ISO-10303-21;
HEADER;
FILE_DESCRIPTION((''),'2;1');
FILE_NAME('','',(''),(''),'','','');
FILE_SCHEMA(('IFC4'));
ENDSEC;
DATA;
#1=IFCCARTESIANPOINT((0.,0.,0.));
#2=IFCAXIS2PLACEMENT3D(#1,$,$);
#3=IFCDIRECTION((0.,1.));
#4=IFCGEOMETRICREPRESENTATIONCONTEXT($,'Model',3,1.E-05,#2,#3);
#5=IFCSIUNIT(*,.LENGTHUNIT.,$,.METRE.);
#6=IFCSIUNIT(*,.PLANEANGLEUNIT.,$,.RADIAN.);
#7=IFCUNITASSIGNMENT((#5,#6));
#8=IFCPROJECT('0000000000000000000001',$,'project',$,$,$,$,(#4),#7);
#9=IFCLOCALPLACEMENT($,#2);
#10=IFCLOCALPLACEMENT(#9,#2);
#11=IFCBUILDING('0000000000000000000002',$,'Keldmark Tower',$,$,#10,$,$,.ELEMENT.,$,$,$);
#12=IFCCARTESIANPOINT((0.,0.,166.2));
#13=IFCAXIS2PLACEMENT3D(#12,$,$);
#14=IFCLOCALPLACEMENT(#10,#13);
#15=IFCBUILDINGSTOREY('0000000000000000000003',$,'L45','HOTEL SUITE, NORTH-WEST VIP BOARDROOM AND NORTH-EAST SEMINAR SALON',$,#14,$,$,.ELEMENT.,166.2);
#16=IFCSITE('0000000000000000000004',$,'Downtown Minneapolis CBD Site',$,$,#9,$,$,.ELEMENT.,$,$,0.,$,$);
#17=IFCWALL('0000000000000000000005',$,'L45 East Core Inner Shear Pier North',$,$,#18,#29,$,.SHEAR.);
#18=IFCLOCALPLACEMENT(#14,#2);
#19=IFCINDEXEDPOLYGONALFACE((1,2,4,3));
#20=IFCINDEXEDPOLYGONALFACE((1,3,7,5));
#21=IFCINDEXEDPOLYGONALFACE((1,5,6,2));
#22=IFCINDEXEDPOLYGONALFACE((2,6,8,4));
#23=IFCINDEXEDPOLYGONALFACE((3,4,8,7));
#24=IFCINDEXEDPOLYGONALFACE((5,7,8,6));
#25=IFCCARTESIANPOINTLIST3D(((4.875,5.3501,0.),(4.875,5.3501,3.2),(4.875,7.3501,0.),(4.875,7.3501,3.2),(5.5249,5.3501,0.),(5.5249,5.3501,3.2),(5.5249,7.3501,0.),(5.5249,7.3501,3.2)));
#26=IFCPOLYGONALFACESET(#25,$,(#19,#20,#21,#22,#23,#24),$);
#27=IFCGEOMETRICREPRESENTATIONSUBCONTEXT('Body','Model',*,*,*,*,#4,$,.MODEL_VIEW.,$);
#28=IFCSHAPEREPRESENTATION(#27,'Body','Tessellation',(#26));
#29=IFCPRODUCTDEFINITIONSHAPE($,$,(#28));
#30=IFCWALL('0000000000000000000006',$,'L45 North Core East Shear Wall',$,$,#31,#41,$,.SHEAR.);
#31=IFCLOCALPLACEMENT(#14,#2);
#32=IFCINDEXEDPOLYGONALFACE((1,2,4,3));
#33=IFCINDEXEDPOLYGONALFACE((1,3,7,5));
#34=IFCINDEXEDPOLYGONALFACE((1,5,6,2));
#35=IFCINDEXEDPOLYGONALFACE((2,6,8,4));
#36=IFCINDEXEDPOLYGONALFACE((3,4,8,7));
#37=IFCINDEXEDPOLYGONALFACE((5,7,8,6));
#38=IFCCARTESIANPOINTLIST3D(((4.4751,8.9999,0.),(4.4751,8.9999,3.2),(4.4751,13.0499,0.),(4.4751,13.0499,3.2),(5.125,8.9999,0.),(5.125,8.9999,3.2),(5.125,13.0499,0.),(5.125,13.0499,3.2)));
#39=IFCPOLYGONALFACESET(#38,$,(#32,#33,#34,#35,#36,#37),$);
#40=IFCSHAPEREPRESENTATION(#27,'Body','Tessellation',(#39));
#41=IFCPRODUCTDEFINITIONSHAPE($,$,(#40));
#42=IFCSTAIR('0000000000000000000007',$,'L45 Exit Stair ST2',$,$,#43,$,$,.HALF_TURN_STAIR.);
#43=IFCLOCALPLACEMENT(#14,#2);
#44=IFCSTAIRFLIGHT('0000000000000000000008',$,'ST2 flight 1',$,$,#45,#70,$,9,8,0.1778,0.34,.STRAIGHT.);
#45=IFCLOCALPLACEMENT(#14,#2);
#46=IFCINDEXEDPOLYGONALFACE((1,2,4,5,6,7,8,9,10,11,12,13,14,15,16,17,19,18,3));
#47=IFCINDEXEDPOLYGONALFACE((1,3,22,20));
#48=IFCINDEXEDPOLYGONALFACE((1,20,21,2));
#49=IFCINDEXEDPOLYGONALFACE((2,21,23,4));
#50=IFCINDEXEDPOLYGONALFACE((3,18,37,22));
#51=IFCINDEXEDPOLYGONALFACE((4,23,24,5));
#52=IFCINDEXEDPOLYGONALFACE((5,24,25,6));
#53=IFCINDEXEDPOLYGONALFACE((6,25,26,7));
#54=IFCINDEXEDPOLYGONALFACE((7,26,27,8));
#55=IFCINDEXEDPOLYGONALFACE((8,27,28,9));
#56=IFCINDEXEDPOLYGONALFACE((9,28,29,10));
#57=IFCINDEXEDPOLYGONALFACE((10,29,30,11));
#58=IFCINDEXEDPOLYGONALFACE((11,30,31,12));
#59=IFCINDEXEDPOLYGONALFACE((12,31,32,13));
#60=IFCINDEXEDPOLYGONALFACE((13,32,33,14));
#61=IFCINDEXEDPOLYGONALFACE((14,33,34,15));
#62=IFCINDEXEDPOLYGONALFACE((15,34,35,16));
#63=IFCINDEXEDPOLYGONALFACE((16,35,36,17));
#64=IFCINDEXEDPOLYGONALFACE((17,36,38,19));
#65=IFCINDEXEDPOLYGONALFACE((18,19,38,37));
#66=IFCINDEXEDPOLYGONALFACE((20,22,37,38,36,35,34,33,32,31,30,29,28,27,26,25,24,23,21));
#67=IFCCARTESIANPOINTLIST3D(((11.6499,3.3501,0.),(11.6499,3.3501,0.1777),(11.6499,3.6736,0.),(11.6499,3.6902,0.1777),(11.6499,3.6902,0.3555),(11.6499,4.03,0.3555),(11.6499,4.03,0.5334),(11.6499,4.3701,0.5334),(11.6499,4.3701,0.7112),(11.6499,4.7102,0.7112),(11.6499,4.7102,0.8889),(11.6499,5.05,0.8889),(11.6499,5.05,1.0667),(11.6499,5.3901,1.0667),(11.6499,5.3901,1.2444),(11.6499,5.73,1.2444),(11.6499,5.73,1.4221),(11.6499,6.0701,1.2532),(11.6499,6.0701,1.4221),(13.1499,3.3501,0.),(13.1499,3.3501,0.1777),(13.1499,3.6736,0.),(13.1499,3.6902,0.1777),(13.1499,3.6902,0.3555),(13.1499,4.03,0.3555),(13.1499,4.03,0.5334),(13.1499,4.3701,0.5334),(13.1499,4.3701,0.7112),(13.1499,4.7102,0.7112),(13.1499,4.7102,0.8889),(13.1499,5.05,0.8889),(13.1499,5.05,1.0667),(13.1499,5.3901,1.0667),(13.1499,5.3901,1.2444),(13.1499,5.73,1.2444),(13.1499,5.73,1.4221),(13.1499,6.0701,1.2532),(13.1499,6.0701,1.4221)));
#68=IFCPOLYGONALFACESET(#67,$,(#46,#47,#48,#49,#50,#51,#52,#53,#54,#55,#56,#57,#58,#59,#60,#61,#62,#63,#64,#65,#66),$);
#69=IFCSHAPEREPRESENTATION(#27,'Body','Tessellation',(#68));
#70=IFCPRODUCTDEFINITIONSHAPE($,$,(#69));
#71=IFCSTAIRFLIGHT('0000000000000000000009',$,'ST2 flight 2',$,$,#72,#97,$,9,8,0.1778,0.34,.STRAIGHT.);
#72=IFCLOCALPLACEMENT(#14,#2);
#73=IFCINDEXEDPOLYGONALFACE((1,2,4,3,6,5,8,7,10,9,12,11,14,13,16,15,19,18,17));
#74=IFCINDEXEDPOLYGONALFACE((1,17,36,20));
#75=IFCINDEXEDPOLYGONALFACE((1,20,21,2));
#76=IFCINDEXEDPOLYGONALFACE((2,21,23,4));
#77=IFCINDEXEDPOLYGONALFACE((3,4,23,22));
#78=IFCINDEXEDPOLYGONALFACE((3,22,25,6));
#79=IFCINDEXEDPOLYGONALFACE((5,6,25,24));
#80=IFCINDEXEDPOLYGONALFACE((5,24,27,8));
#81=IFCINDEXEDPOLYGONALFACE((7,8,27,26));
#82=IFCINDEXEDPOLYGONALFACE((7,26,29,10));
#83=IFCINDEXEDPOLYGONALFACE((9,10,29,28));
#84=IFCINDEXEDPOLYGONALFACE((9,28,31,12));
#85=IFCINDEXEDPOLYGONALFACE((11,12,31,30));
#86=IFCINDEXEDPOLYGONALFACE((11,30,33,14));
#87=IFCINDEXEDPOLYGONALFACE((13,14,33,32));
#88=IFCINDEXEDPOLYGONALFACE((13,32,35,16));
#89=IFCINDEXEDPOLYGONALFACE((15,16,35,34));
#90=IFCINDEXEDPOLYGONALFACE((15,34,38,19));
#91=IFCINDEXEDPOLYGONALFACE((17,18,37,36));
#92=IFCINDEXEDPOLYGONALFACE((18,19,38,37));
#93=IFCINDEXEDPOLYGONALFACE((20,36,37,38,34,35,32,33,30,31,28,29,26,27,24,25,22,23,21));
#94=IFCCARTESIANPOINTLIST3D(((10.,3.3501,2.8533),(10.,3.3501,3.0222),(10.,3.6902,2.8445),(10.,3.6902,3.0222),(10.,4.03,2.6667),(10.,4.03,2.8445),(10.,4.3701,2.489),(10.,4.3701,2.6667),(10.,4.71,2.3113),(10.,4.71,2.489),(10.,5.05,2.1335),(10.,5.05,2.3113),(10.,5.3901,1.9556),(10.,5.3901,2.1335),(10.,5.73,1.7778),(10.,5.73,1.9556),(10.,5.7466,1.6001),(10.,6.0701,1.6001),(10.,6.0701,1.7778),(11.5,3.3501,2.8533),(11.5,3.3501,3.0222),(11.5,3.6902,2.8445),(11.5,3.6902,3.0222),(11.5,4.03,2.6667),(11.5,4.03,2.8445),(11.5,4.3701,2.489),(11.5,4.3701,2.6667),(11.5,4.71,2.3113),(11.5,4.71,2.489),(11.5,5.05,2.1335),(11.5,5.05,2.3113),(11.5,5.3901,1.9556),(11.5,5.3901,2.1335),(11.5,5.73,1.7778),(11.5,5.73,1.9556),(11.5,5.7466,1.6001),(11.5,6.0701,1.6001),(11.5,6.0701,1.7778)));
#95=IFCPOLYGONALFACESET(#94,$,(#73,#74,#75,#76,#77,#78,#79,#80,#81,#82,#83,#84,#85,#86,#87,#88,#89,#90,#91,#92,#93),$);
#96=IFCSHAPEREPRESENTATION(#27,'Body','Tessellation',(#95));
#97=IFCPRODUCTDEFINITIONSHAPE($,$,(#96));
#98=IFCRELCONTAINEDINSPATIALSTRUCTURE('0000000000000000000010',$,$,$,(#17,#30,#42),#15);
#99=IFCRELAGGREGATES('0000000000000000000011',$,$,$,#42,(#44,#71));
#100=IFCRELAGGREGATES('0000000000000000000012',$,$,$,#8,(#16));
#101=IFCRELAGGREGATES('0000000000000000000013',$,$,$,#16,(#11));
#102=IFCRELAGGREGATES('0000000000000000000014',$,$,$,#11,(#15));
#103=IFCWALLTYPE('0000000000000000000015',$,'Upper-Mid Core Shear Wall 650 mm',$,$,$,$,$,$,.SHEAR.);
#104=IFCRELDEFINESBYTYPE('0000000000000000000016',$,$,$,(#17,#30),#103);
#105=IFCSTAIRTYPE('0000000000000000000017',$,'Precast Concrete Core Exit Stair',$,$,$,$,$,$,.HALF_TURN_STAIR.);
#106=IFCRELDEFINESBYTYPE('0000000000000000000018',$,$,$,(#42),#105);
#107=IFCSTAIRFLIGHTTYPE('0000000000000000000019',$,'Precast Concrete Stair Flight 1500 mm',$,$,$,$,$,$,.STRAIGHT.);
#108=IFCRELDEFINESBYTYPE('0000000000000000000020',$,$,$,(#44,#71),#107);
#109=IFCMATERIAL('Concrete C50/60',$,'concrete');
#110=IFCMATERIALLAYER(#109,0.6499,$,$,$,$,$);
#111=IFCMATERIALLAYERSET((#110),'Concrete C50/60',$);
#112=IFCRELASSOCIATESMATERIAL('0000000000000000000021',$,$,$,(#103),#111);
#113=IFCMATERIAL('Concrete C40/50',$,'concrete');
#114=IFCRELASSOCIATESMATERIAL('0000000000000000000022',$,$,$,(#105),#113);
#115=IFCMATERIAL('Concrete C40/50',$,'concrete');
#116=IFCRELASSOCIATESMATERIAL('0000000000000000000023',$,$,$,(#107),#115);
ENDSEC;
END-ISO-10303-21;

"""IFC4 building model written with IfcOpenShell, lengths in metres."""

from ifc_helpers import new_model, si_unit, direction, frame, frame_2d, origin, place, context, subcontext, project, spatial, polyline, rectangle, outline, extrude, material, layer, layer_set, type_object, element, aggregate, save


model = new_model("IFC4")

# Units and contexts
model_context = context("Model", 3, precision=1e-05, world=origin(), true_north=direction((0.0, 1.0)))
body_context = subcontext(model_context, "Body", "Model", "MODEL_VIEW")
ifc_project = project(units=[si_unit("LENGTHUNIT", "METRE"), si_unit("PLANEANGLEUNIT", "RADIAN")], contexts=[model_context])

# Site, building, storey
site_placement = place(None, origin())
site = spatial("IfcSite", under=ifc_project, at=site_placement, Name="Downtown Minneapolis CBD Site", CompositionType="ELEMENT", RefElevation=0.0)
building_placement = place(site_placement, origin())
building = spatial("IfcBuilding", under=site, at=building_placement, Name="Keldmark Tower", CompositionType="ELEMENT")
storey_placement = place(building_placement, frame((0.0, 0.0, 166.2)))
storey = spatial("IfcBuildingStorey", under=building, at=storey_placement, Name="L45", Description="HOTEL SUITE, NORTH-WEST VIP BOARDROOM AND NORTH-EAST SEMINAR SALON", CompositionType="ELEMENT", Elevation=166.2)

# Walls
ifc_material_1 = material(Name="Concrete C50/60", Category="concrete")
ifc_layer_1 = layer(ifc_material_1, 0.6499)
ifc_layer_set_1 = layer_set([ifc_layer_1], Name="Concrete C50/60")
wall_type_1 = type_object("IfcWallType", Name="Upper-Mid Core Shear Wall 650 mm", PredefinedType="SHEAR", material=ifc_layer_set_1)
wall_1_placement = place(storey_placement, frame((5.2, 5.3501, 0.0), z_axis=(0.0, 0.0, 1.0), x_axis=(0.0, 1.0, 0.0)))
element("IfcWall", 1, at=wall_1_placement, inside=storey, type_object=wall_type_1, Name="L45 East Core Inner Shear Pier North", PredefinedType="SHEAR", context=body_context, shape_type="SweptSolid", body=[
    extrude(rectangle(XDim=2.0, YDim=0.6499, at=frame_2d((1.0, 0.0))), origin(), (0.0, 0.0, 1.0), 3.2),
])
wall_2_placement = place(storey_placement, frame((4.8, 9.0, 0.0), z_axis=(0.0, 0.0, 1.0), x_axis=(0.0, 1.0, 0.0)))
element("IfcWall", 2, at=wall_2_placement, inside=storey, type_object=wall_type_1, Name="L45 North Core East Shear Wall", PredefinedType="SHEAR", context=body_context, shape_type="SweptSolid", body=[
    extrude(rectangle(XDim=4.05, YDim=0.6499, at=frame_2d((2.0249, 0.0))), origin(), (0.0, 0.0, 1.0), 3.2),
])

# Stair, stair flights
ifc_material_2 = material(Name="Concrete C40/50", Category="concrete")
stair_type = type_object("IfcStairType", Name="Precast Concrete Core Exit Stair", PredefinedType="HALF_TURN_STAIR", material=ifc_material_2)
stair_placement = place(storey_placement, origin())
stair = element("IfcStair", 3, at=stair_placement, inside=storey, type_object=stair_type, Name="L45 Exit Stair ST2", PredefinedType="HALF_TURN_STAIR")
ifc_material_3 = material(Name="Concrete C40/50", Category="concrete")
stair_flight_type = type_object("IfcStairFlightType", Name="Precast Concrete Stair Flight 1500 mm", PredefinedType="STRAIGHT", material=ifc_material_3)
stair_flight_1_placement = place(storey_placement, frame((12.3999, 3.3501, 0.0), z_axis=(0.0, 0.0, 1.0), x_axis=(0.0, 1.0, 0.0)))
stair_flight_1 = element("IfcStairFlight", 4, at=stair_flight_1_placement, type_object=stair_flight_type, Name="ST2 flight 1", NumberOfRisers=9, NumberOfTreads=8, PredefinedType="STRAIGHT", RiserHeight=0.1778, TreadLength=0.34, context=body_context, shape_type="SweptSolid", body=[
    extrude(outline(polyline([(0.0, 0.0), (0.0, 0.1777), (0.3401, 0.1777), (0.3401, 0.3555), (0.6799, 0.3555), (0.6799, 0.5334), (1.02, 0.5334), (1.02, 0.7112), (1.3601, 0.7112), (1.3601, 0.8889), (1.7, 0.8889), (1.7, 1.0667), (2.04, 1.0667), (2.04, 1.2444), (2.3799, 1.2444), (2.3799, 1.4221), (2.72, 1.4221), (2.72, 1.6001), (2.72, 1.2532), (0.3235, 0.0), (0.0, 0.0)])), frame((0.0, 0.75, 0.0), z_axis=(0.0, -1.0, 0.0), x_axis=(1.0, 0.0, 0.0)), (0.0, 0.0, 1.0), 1.5),
])
stair_flight_2_placement = place(storey_placement, frame((10.75, 6.0701, 1.6001), z_axis=(0.0, 0.0, 1.0), x_axis=(0.0, -1.0, 0.0)))
stair_flight_2 = element("IfcStairFlight", 5, at=stair_flight_2_placement, type_object=stair_flight_type, Name="ST2 flight 2", NumberOfRisers=9, NumberOfTreads=8, PredefinedType="STRAIGHT", RiserHeight=0.1778, TreadLength=0.34, context=body_context, shape_type="SweptSolid", body=[
    extrude(outline(polyline([(0.0, 0.0), (0.0, 0.1777), (0.3401, 0.1777), (0.3401, 0.3555), (0.6799, 0.3555), (0.6799, 0.5334), (1.02, 0.5334), (1.02, 0.7112), (1.3601, 0.7112), (1.3601, 0.8889), (1.7, 0.8889), (1.7, 1.0667), (2.04, 1.0667), (2.04, 1.2444), (2.3799, 1.2444), (2.3799, 1.4221), (2.72, 1.4221), (2.72, 1.6001), (2.72, 1.2532), (0.3235, 0.0), (0.0, 0.0)])), frame((0.0, 0.75, 0.0), z_axis=(0.0, -1.0, 0.0), x_axis=(1.0, 0.0, 0.0)), (0.0, 0.0, 1.0), 1.5),
])
aggregate(stair, [stair_flight_1, stair_flight_2])

save(model, "model.ifc")
